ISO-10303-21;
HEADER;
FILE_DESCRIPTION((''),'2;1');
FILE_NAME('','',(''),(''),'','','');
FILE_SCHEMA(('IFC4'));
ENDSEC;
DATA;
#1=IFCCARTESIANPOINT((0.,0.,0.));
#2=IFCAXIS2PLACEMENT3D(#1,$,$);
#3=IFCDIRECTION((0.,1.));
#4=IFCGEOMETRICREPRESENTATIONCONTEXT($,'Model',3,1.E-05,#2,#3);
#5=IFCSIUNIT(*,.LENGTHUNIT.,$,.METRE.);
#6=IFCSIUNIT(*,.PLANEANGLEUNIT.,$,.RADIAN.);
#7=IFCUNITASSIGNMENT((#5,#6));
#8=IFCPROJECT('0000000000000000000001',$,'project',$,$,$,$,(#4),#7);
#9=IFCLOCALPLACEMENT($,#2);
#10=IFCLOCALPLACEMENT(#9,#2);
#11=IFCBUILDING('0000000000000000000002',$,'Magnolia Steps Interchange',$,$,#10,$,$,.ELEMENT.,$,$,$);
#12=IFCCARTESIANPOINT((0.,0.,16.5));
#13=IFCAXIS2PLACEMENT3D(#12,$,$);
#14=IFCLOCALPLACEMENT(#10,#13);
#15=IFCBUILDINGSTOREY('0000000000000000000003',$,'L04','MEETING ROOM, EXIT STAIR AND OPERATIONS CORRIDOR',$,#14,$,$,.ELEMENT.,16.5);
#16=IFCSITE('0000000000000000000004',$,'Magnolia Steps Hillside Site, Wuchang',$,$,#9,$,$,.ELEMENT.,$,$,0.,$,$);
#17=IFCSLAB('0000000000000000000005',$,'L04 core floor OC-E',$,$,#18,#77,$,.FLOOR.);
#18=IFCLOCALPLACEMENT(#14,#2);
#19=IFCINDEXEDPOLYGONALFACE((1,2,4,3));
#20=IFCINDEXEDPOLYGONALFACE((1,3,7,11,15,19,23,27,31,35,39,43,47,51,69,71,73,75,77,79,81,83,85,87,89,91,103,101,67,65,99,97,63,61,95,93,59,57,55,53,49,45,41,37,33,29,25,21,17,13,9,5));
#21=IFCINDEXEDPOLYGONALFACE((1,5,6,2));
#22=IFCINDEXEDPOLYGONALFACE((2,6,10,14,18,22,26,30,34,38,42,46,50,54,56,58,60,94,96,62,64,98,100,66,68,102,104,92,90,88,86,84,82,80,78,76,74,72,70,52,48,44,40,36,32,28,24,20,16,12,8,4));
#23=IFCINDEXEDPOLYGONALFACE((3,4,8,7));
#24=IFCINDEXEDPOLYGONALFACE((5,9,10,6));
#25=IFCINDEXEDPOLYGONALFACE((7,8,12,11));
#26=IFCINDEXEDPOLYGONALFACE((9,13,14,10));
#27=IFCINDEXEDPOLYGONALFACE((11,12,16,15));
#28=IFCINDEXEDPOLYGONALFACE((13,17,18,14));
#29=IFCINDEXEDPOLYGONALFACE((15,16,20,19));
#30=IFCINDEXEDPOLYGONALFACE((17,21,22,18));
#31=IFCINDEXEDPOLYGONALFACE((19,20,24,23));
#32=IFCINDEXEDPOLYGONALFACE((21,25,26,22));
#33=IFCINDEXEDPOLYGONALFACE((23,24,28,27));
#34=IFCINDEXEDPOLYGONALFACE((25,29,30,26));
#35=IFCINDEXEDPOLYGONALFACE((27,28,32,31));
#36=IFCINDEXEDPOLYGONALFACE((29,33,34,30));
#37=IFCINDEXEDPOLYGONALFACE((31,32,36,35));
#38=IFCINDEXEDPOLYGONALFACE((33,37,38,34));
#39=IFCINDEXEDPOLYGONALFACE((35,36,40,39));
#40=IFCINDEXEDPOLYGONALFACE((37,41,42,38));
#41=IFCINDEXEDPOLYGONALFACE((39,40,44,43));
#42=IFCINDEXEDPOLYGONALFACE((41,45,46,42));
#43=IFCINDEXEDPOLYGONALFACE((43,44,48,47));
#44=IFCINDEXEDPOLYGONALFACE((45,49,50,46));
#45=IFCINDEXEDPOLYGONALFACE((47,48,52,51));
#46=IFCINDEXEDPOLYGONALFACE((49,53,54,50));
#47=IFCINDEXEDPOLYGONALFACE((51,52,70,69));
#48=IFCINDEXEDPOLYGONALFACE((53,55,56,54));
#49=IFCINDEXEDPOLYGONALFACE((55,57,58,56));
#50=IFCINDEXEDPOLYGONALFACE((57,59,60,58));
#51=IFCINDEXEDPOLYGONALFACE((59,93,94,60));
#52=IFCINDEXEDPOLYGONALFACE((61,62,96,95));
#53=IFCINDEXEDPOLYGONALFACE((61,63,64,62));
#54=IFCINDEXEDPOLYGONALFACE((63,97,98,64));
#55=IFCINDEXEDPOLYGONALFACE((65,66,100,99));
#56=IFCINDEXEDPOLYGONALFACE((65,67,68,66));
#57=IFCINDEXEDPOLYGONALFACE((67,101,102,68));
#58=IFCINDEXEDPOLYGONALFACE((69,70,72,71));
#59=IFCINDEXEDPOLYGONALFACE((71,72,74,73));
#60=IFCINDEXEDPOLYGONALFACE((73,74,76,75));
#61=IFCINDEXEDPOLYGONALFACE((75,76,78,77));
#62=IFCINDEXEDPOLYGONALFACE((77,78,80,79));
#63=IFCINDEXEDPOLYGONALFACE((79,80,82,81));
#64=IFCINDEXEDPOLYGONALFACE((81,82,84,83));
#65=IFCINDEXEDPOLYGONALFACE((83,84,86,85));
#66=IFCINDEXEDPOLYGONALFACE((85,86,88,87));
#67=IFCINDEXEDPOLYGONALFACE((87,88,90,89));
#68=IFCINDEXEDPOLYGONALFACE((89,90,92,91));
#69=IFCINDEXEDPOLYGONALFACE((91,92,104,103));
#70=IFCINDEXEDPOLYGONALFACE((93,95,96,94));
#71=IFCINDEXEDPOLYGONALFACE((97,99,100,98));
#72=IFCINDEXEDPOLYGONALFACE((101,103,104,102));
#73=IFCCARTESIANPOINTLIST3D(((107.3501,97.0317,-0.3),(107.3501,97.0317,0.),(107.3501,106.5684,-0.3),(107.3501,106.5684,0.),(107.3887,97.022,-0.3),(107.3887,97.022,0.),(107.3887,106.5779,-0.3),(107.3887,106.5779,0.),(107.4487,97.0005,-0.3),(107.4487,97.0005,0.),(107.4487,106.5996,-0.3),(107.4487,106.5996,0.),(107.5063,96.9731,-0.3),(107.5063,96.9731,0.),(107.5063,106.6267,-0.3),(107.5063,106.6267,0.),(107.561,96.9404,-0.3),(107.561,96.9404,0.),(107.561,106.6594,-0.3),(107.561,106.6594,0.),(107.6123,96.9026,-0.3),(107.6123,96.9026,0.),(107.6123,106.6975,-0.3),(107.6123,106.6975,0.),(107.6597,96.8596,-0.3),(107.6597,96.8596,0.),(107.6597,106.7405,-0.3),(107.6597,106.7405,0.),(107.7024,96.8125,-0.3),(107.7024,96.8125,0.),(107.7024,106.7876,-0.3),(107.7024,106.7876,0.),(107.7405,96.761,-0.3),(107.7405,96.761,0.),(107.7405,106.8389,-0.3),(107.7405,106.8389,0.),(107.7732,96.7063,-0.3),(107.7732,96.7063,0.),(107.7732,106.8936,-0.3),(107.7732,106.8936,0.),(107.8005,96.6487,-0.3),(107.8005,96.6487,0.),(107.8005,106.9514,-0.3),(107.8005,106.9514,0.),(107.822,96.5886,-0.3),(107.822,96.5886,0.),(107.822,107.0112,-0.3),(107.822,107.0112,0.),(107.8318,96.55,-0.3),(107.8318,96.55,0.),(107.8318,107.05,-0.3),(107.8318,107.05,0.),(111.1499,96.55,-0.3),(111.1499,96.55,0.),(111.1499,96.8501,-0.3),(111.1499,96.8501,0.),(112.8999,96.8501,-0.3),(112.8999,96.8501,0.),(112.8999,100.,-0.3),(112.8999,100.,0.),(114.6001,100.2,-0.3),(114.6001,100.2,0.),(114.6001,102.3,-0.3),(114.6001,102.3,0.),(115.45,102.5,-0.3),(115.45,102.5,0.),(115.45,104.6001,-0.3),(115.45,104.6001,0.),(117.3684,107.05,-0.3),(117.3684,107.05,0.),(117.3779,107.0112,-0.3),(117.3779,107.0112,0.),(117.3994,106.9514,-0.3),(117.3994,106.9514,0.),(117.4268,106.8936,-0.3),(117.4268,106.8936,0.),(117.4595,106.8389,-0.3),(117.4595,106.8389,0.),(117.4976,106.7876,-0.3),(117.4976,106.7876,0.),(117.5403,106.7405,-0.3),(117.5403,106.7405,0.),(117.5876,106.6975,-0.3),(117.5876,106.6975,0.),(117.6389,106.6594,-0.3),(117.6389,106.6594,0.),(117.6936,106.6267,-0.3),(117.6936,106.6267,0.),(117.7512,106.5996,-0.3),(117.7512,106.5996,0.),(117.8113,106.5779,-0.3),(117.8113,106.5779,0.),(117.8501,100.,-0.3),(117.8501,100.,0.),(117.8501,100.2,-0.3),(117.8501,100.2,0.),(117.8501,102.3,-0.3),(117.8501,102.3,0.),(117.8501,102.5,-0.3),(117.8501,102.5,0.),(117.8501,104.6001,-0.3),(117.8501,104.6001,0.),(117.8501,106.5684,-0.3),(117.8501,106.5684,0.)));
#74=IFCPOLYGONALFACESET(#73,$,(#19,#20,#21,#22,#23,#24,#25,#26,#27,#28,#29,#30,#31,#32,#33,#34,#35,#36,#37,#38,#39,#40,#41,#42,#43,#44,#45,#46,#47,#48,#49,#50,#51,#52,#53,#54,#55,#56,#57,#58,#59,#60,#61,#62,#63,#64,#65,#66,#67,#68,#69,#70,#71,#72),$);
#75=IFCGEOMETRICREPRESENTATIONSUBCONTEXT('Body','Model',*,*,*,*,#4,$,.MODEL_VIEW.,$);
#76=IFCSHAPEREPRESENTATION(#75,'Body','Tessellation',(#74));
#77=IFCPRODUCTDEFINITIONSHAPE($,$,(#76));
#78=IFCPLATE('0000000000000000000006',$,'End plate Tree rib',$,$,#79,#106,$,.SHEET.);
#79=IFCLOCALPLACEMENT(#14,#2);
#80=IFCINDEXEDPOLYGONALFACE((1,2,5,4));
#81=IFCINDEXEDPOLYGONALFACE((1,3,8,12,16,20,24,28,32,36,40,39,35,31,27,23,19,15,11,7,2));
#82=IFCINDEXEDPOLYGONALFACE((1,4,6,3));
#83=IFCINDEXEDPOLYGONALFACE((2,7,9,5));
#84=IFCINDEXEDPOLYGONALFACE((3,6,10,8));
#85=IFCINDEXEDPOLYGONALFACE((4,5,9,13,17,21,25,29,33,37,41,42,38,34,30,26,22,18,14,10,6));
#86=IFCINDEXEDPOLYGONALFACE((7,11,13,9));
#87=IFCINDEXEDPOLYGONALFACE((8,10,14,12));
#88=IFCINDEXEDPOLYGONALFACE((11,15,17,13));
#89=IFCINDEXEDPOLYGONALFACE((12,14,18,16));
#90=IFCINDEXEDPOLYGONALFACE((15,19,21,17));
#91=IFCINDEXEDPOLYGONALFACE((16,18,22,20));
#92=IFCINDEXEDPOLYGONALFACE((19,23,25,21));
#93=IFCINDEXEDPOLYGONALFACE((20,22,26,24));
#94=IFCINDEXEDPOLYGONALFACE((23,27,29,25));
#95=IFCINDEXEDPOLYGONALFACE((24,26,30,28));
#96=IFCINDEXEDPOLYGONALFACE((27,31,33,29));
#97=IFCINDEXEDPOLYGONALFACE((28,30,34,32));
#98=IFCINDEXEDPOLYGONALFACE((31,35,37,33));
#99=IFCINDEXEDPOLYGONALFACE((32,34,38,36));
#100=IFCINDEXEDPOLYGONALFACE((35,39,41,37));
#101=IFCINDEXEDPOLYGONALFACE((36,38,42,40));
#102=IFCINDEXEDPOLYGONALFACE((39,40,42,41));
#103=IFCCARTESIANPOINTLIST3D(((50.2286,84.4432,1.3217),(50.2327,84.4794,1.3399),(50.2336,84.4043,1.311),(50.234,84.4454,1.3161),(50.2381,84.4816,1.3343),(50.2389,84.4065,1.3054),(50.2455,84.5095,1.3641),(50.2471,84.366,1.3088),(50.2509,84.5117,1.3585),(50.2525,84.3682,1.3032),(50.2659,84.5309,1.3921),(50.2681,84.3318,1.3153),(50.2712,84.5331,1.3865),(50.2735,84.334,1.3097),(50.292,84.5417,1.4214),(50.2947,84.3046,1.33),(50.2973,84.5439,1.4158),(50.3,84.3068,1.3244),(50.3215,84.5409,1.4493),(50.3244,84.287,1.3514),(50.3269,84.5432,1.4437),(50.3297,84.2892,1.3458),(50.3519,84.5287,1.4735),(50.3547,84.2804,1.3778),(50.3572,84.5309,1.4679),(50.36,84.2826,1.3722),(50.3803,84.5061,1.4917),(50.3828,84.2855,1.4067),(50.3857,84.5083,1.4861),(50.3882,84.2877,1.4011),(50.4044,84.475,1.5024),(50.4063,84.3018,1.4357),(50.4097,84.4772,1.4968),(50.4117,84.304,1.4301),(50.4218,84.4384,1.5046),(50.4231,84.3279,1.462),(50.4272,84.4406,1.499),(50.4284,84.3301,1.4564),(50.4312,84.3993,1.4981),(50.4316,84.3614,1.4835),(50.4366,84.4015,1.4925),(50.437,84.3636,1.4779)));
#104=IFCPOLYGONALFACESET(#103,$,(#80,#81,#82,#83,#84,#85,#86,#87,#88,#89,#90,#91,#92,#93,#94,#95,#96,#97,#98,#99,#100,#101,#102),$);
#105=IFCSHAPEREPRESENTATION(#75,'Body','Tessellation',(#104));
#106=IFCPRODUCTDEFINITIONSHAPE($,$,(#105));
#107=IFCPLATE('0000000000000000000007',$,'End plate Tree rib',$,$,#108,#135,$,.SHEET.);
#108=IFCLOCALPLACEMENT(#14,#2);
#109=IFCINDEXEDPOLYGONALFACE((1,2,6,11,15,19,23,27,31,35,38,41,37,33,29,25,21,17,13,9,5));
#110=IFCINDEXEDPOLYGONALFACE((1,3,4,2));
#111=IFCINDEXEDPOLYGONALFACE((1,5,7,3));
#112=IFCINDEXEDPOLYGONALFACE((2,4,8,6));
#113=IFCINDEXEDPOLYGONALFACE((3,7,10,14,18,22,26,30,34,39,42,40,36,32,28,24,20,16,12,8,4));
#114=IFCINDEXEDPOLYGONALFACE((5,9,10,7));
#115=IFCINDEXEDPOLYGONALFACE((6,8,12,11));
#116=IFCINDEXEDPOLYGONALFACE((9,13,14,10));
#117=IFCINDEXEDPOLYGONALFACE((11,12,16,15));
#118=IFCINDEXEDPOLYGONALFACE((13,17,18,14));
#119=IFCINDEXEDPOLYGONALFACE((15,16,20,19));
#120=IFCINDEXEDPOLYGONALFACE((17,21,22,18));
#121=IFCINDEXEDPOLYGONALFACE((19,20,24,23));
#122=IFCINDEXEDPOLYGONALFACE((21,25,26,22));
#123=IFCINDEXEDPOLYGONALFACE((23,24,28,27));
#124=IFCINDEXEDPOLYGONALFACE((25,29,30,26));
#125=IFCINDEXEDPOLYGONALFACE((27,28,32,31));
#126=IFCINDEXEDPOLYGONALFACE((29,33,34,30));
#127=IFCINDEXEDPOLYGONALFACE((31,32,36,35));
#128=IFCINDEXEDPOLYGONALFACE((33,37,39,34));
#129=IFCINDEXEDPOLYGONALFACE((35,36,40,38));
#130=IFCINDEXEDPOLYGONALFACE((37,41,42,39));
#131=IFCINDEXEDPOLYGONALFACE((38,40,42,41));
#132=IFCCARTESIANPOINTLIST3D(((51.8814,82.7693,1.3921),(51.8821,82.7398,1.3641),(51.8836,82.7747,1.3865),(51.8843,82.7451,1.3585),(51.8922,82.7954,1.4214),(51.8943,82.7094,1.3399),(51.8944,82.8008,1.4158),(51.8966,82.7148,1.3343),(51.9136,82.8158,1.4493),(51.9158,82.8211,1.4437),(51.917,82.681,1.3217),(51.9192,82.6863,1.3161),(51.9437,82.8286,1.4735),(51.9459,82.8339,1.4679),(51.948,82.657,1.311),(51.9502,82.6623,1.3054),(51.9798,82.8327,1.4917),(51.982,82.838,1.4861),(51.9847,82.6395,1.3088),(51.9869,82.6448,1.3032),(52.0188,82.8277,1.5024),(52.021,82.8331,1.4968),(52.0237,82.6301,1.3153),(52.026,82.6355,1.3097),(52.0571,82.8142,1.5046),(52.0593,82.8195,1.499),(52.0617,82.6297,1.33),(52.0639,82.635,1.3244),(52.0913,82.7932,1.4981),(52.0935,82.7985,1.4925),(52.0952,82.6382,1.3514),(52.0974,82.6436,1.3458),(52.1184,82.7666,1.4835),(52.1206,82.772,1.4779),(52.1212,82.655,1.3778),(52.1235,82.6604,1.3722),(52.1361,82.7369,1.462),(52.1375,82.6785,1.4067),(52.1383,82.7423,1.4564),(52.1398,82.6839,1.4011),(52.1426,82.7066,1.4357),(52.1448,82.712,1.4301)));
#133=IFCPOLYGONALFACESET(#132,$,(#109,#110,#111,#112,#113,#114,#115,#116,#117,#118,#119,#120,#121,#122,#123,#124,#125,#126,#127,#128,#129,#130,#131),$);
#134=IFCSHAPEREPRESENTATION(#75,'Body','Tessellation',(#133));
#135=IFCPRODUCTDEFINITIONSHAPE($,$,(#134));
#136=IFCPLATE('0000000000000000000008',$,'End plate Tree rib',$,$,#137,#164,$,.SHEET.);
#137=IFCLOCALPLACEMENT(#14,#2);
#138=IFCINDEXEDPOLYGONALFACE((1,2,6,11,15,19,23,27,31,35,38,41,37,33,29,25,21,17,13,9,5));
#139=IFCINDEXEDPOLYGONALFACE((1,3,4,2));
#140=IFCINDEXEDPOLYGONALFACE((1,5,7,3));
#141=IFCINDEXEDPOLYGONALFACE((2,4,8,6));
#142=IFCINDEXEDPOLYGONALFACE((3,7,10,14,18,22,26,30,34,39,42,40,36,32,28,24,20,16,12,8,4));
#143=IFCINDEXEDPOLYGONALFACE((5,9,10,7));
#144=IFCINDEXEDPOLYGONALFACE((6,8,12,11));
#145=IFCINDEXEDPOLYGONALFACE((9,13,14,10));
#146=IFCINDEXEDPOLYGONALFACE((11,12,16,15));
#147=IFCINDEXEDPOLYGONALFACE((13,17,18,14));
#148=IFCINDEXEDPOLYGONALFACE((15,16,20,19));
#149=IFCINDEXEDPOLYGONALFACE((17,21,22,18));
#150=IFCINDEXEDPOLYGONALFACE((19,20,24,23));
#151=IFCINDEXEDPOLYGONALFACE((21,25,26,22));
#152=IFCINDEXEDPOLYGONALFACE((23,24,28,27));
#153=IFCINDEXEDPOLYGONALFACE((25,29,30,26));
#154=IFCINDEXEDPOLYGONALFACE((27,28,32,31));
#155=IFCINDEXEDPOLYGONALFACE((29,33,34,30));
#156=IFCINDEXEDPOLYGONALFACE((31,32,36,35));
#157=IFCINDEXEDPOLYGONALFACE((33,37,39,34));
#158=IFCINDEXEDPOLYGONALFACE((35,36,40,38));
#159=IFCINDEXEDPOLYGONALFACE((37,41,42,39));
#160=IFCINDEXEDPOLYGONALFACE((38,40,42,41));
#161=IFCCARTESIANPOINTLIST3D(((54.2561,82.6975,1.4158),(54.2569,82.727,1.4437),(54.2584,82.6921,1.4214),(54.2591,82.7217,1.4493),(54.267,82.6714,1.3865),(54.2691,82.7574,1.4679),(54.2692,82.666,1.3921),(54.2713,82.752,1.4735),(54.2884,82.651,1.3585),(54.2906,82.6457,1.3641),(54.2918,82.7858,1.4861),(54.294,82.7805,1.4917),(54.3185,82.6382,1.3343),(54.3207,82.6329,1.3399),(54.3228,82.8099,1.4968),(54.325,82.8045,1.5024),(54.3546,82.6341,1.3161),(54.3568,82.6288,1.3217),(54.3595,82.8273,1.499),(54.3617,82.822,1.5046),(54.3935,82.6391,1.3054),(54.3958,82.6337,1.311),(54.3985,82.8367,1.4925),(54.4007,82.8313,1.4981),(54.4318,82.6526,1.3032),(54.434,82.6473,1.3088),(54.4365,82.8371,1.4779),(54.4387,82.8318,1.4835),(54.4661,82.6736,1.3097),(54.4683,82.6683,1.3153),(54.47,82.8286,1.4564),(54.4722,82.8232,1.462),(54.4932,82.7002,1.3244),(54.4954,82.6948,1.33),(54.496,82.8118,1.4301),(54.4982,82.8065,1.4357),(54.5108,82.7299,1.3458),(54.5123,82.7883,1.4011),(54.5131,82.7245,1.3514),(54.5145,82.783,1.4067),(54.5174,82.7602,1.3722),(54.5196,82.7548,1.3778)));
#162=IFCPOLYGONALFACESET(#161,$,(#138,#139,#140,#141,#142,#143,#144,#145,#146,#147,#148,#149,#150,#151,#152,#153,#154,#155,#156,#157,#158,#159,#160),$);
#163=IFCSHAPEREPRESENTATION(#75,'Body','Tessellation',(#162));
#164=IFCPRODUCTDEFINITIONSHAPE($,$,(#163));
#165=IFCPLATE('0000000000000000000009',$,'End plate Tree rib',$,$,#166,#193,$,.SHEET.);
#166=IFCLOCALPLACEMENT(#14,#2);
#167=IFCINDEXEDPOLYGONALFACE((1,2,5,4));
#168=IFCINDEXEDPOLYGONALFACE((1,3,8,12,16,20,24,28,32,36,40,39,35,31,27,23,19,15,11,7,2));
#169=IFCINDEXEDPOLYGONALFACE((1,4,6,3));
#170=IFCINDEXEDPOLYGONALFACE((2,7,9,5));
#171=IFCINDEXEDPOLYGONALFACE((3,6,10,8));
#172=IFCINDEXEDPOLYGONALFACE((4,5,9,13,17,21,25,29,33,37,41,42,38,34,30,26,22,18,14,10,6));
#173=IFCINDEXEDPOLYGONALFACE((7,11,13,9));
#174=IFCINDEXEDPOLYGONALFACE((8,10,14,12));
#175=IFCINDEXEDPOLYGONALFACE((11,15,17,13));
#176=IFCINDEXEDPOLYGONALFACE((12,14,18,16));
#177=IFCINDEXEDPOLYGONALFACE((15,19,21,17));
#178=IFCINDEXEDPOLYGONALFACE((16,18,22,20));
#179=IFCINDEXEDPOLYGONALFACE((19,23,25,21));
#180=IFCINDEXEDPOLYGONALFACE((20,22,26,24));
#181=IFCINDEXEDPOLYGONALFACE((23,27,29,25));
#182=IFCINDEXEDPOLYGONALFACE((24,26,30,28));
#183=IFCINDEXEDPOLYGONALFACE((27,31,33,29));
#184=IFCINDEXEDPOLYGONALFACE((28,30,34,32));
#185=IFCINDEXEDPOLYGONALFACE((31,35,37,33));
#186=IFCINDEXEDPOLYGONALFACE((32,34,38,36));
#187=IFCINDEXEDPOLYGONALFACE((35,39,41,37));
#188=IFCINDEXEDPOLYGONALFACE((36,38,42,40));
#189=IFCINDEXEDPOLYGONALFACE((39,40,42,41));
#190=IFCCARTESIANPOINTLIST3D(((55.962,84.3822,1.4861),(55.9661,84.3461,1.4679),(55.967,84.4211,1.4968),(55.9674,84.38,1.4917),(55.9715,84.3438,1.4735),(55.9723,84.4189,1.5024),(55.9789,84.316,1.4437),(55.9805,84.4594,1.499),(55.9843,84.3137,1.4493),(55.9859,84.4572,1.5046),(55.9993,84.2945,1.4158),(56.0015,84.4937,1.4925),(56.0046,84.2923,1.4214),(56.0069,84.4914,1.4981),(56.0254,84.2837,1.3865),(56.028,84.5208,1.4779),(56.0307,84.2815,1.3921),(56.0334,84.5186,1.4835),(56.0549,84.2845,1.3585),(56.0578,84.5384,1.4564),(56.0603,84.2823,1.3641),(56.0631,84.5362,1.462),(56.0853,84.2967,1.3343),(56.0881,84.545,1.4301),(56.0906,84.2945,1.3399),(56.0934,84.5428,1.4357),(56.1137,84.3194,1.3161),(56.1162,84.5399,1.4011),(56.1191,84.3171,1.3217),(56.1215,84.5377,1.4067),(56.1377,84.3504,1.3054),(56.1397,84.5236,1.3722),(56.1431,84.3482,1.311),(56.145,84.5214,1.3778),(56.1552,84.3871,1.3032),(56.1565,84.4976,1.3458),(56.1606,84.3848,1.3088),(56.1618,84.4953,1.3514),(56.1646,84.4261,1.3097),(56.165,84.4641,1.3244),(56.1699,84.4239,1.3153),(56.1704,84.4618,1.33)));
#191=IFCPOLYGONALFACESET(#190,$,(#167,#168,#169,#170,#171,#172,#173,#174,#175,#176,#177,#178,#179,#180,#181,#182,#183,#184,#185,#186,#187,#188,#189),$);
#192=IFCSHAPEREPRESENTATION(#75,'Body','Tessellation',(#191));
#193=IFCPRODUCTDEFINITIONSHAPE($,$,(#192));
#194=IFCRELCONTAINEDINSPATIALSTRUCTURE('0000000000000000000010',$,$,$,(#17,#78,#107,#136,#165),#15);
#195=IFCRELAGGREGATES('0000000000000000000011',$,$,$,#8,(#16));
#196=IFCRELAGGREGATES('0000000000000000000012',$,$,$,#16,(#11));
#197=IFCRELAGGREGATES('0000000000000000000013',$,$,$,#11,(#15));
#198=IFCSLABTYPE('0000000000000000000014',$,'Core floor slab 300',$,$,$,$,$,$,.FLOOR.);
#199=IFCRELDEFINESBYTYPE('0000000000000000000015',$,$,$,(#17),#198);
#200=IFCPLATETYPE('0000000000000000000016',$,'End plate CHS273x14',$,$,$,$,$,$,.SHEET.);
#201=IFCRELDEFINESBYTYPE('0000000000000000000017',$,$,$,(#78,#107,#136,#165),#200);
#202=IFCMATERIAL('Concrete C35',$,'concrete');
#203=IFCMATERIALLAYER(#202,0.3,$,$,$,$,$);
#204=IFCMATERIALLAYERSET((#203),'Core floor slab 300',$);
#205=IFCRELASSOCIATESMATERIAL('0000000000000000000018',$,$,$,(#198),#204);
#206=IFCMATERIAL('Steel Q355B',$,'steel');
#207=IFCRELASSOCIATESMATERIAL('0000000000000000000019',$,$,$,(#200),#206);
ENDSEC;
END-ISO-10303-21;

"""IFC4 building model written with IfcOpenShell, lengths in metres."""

from ifc_helpers import new_model, si_unit, direction, frame, origin, origin_2d, place, context, subcontext, project, spatial, polyline, circle, outline, extrude, material, layer, layer_set, material_profile, profile_set, type_object, element, save


model = new_model("IFC4")

# Units and contexts
model_context = context("Model", 3, precision=1e-05, world=origin(), true_north=direction((0.0, 1.0)))
body_context = subcontext(model_context, "Body", "Model", "MODEL_VIEW")
ifc_project = project(units=[si_unit("LENGTHUNIT", "METRE"), si_unit("PLANEANGLEUNIT", "RADIAN")], contexts=[model_context])

# Site, building, storey
site_placement = place(None, origin())
site = spatial("IfcSite", under=ifc_project, at=site_placement, Name="Magnolia Steps Hillside Site, Wuchang", CompositionType="ELEMENT", RefElevation=0.0)
building_placement = place(site_placement, origin())
building = spatial("IfcBuilding", under=site, at=building_placement, Name="Magnolia Steps Interchange", CompositionType="ELEMENT")
storey_placement = place(building_placement, frame((0.0, 0.0, 16.5)))
storey = spatial("IfcBuildingStorey", under=building, at=storey_placement, Name="L04", Description="MEETING ROOM, EXIT STAIR AND OPERATIONS CORRIDOR", CompositionType="ELEMENT", Elevation=16.5)

# Slab
ifc_material_1 = material(Name="Concrete C35", Category="concrete")
ifc_layer_1 = layer(ifc_material_1, 0.3)
ifc_layer_set_1 = layer_set([ifc_layer_1], Name="Core floor slab 300")
slab_type_1 = type_object("IfcSlabType", Name="Core floor slab 300", PredefinedType="FLOOR", material=ifc_layer_set_1)
slab_1_placement = place(storey_placement, frame((0.0, 0.0, -0.3)))
element("IfcSlab", 1, at=slab_1_placement, inside=storey, type_object=slab_type_1, Name="L04 core floor OC-E", PredefinedType="FLOOR", context=body_context, shape_type="SweptSolid", body=[
    extrude(outline(polyline([(107.3501, 106.5684), (107.3887, 106.5779), (107.4487, 106.5996), (107.5063, 106.6267), (107.561, 106.6594), (107.6123, 106.6975), (107.6597, 106.7405), (107.7024, 106.7876), (107.7405, 106.8389), (107.7732, 106.8936), (107.8005, 106.9514), (107.822, 107.0112), (107.8318, 107.05), (117.3684, 107.05), (117.3779, 107.0112), (117.3994, 106.9514), (117.4268, 106.8936), (117.4595, 106.8389), (117.4976, 106.7876), (117.5403, 106.7405), (117.5876, 106.6975), (117.6389, 106.6594), (117.6936, 106.6267), (117.7512, 106.5996), (117.8113, 106.5779), (117.8501, 106.5684), (117.8501, 104.6001), (115.45, 104.6001), (115.45, 102.5), (117.8501, 102.5), (117.8501, 102.3), (114.6001, 102.3), (114.6001, 100.2), (117.8501, 100.2), (117.8501, 100.0), (112.8999, 100.0), (112.8999, 96.8501), (111.1499, 96.8501), (111.1499, 96.55), (107.8318, 96.55), (107.822, 96.5886), (107.8005, 96.6487), (107.7732, 96.7063), (107.7405, 96.761), (107.7024, 96.8125), (107.6597, 96.8596), (107.6123, 96.9026), (107.561, 96.9404), (107.5063, 96.9731), (107.4487, 97.0005), (107.3887, 97.022), (107.3501, 97.0317), (107.3501, 106.5684)])), origin(), (0.0, 0.0, 1.0), 0.3),
])

# Plates
ifc_material_2 = material(Name="Steel Q355B", Category="steel")
ifc_material_profile_1 = material_profile(ifc_material_2, circle(Radius=0.1365, at=origin_2d()), Name="End plate CHS273x14")
ifc_profile_set_1 = profile_set([ifc_material_profile_1], Name="Steel Q355B")
plate_type_1 = type_object("IfcPlateType", Name="End plate CHS273x14", PredefinedType="SHEET", material=ifc_profile_set_1)
for number, where, z_axis, x_axis, name in (
    (2, (50.3359, 84.4138, 1.4011), (-0.664583, -0.275279, 0.694658), (0.382683, -0.92388, 0.0), "End plate Tree rib"),
    (3, (52.0137, 82.7361, 1.4011), (-0.275279, -0.664583, 0.694658), (0.92388, -0.382683, 0.0), "End plate Tree rib"),
    (4, (54.3862, 82.7361, 1.4011), (0.275279, -0.664583, 0.694658), (0.92388, 0.382683, 0.0), "End plate Tree rib"),
    (5, (56.064, 84.4138, 1.4011), (0.664583, -0.275279, 0.694658), (0.382683, 0.92388, 0.0), "End plate Tree rib"),
):
    element("IfcPlate", number, at=place(storey_placement, frame(where, z_axis=z_axis, x_axis=x_axis)), inside=storey, type_object=plate_type_1, Name=name, PredefinedType="SHEET", context=body_context, shape_type="SweptSolid", body=[
        extrude(circle(Radius=0.1365, at=origin_2d()), origin(), (0.0, 0.0, 1.0), 0.0081),
    ])

save(model, "model.ifc")
